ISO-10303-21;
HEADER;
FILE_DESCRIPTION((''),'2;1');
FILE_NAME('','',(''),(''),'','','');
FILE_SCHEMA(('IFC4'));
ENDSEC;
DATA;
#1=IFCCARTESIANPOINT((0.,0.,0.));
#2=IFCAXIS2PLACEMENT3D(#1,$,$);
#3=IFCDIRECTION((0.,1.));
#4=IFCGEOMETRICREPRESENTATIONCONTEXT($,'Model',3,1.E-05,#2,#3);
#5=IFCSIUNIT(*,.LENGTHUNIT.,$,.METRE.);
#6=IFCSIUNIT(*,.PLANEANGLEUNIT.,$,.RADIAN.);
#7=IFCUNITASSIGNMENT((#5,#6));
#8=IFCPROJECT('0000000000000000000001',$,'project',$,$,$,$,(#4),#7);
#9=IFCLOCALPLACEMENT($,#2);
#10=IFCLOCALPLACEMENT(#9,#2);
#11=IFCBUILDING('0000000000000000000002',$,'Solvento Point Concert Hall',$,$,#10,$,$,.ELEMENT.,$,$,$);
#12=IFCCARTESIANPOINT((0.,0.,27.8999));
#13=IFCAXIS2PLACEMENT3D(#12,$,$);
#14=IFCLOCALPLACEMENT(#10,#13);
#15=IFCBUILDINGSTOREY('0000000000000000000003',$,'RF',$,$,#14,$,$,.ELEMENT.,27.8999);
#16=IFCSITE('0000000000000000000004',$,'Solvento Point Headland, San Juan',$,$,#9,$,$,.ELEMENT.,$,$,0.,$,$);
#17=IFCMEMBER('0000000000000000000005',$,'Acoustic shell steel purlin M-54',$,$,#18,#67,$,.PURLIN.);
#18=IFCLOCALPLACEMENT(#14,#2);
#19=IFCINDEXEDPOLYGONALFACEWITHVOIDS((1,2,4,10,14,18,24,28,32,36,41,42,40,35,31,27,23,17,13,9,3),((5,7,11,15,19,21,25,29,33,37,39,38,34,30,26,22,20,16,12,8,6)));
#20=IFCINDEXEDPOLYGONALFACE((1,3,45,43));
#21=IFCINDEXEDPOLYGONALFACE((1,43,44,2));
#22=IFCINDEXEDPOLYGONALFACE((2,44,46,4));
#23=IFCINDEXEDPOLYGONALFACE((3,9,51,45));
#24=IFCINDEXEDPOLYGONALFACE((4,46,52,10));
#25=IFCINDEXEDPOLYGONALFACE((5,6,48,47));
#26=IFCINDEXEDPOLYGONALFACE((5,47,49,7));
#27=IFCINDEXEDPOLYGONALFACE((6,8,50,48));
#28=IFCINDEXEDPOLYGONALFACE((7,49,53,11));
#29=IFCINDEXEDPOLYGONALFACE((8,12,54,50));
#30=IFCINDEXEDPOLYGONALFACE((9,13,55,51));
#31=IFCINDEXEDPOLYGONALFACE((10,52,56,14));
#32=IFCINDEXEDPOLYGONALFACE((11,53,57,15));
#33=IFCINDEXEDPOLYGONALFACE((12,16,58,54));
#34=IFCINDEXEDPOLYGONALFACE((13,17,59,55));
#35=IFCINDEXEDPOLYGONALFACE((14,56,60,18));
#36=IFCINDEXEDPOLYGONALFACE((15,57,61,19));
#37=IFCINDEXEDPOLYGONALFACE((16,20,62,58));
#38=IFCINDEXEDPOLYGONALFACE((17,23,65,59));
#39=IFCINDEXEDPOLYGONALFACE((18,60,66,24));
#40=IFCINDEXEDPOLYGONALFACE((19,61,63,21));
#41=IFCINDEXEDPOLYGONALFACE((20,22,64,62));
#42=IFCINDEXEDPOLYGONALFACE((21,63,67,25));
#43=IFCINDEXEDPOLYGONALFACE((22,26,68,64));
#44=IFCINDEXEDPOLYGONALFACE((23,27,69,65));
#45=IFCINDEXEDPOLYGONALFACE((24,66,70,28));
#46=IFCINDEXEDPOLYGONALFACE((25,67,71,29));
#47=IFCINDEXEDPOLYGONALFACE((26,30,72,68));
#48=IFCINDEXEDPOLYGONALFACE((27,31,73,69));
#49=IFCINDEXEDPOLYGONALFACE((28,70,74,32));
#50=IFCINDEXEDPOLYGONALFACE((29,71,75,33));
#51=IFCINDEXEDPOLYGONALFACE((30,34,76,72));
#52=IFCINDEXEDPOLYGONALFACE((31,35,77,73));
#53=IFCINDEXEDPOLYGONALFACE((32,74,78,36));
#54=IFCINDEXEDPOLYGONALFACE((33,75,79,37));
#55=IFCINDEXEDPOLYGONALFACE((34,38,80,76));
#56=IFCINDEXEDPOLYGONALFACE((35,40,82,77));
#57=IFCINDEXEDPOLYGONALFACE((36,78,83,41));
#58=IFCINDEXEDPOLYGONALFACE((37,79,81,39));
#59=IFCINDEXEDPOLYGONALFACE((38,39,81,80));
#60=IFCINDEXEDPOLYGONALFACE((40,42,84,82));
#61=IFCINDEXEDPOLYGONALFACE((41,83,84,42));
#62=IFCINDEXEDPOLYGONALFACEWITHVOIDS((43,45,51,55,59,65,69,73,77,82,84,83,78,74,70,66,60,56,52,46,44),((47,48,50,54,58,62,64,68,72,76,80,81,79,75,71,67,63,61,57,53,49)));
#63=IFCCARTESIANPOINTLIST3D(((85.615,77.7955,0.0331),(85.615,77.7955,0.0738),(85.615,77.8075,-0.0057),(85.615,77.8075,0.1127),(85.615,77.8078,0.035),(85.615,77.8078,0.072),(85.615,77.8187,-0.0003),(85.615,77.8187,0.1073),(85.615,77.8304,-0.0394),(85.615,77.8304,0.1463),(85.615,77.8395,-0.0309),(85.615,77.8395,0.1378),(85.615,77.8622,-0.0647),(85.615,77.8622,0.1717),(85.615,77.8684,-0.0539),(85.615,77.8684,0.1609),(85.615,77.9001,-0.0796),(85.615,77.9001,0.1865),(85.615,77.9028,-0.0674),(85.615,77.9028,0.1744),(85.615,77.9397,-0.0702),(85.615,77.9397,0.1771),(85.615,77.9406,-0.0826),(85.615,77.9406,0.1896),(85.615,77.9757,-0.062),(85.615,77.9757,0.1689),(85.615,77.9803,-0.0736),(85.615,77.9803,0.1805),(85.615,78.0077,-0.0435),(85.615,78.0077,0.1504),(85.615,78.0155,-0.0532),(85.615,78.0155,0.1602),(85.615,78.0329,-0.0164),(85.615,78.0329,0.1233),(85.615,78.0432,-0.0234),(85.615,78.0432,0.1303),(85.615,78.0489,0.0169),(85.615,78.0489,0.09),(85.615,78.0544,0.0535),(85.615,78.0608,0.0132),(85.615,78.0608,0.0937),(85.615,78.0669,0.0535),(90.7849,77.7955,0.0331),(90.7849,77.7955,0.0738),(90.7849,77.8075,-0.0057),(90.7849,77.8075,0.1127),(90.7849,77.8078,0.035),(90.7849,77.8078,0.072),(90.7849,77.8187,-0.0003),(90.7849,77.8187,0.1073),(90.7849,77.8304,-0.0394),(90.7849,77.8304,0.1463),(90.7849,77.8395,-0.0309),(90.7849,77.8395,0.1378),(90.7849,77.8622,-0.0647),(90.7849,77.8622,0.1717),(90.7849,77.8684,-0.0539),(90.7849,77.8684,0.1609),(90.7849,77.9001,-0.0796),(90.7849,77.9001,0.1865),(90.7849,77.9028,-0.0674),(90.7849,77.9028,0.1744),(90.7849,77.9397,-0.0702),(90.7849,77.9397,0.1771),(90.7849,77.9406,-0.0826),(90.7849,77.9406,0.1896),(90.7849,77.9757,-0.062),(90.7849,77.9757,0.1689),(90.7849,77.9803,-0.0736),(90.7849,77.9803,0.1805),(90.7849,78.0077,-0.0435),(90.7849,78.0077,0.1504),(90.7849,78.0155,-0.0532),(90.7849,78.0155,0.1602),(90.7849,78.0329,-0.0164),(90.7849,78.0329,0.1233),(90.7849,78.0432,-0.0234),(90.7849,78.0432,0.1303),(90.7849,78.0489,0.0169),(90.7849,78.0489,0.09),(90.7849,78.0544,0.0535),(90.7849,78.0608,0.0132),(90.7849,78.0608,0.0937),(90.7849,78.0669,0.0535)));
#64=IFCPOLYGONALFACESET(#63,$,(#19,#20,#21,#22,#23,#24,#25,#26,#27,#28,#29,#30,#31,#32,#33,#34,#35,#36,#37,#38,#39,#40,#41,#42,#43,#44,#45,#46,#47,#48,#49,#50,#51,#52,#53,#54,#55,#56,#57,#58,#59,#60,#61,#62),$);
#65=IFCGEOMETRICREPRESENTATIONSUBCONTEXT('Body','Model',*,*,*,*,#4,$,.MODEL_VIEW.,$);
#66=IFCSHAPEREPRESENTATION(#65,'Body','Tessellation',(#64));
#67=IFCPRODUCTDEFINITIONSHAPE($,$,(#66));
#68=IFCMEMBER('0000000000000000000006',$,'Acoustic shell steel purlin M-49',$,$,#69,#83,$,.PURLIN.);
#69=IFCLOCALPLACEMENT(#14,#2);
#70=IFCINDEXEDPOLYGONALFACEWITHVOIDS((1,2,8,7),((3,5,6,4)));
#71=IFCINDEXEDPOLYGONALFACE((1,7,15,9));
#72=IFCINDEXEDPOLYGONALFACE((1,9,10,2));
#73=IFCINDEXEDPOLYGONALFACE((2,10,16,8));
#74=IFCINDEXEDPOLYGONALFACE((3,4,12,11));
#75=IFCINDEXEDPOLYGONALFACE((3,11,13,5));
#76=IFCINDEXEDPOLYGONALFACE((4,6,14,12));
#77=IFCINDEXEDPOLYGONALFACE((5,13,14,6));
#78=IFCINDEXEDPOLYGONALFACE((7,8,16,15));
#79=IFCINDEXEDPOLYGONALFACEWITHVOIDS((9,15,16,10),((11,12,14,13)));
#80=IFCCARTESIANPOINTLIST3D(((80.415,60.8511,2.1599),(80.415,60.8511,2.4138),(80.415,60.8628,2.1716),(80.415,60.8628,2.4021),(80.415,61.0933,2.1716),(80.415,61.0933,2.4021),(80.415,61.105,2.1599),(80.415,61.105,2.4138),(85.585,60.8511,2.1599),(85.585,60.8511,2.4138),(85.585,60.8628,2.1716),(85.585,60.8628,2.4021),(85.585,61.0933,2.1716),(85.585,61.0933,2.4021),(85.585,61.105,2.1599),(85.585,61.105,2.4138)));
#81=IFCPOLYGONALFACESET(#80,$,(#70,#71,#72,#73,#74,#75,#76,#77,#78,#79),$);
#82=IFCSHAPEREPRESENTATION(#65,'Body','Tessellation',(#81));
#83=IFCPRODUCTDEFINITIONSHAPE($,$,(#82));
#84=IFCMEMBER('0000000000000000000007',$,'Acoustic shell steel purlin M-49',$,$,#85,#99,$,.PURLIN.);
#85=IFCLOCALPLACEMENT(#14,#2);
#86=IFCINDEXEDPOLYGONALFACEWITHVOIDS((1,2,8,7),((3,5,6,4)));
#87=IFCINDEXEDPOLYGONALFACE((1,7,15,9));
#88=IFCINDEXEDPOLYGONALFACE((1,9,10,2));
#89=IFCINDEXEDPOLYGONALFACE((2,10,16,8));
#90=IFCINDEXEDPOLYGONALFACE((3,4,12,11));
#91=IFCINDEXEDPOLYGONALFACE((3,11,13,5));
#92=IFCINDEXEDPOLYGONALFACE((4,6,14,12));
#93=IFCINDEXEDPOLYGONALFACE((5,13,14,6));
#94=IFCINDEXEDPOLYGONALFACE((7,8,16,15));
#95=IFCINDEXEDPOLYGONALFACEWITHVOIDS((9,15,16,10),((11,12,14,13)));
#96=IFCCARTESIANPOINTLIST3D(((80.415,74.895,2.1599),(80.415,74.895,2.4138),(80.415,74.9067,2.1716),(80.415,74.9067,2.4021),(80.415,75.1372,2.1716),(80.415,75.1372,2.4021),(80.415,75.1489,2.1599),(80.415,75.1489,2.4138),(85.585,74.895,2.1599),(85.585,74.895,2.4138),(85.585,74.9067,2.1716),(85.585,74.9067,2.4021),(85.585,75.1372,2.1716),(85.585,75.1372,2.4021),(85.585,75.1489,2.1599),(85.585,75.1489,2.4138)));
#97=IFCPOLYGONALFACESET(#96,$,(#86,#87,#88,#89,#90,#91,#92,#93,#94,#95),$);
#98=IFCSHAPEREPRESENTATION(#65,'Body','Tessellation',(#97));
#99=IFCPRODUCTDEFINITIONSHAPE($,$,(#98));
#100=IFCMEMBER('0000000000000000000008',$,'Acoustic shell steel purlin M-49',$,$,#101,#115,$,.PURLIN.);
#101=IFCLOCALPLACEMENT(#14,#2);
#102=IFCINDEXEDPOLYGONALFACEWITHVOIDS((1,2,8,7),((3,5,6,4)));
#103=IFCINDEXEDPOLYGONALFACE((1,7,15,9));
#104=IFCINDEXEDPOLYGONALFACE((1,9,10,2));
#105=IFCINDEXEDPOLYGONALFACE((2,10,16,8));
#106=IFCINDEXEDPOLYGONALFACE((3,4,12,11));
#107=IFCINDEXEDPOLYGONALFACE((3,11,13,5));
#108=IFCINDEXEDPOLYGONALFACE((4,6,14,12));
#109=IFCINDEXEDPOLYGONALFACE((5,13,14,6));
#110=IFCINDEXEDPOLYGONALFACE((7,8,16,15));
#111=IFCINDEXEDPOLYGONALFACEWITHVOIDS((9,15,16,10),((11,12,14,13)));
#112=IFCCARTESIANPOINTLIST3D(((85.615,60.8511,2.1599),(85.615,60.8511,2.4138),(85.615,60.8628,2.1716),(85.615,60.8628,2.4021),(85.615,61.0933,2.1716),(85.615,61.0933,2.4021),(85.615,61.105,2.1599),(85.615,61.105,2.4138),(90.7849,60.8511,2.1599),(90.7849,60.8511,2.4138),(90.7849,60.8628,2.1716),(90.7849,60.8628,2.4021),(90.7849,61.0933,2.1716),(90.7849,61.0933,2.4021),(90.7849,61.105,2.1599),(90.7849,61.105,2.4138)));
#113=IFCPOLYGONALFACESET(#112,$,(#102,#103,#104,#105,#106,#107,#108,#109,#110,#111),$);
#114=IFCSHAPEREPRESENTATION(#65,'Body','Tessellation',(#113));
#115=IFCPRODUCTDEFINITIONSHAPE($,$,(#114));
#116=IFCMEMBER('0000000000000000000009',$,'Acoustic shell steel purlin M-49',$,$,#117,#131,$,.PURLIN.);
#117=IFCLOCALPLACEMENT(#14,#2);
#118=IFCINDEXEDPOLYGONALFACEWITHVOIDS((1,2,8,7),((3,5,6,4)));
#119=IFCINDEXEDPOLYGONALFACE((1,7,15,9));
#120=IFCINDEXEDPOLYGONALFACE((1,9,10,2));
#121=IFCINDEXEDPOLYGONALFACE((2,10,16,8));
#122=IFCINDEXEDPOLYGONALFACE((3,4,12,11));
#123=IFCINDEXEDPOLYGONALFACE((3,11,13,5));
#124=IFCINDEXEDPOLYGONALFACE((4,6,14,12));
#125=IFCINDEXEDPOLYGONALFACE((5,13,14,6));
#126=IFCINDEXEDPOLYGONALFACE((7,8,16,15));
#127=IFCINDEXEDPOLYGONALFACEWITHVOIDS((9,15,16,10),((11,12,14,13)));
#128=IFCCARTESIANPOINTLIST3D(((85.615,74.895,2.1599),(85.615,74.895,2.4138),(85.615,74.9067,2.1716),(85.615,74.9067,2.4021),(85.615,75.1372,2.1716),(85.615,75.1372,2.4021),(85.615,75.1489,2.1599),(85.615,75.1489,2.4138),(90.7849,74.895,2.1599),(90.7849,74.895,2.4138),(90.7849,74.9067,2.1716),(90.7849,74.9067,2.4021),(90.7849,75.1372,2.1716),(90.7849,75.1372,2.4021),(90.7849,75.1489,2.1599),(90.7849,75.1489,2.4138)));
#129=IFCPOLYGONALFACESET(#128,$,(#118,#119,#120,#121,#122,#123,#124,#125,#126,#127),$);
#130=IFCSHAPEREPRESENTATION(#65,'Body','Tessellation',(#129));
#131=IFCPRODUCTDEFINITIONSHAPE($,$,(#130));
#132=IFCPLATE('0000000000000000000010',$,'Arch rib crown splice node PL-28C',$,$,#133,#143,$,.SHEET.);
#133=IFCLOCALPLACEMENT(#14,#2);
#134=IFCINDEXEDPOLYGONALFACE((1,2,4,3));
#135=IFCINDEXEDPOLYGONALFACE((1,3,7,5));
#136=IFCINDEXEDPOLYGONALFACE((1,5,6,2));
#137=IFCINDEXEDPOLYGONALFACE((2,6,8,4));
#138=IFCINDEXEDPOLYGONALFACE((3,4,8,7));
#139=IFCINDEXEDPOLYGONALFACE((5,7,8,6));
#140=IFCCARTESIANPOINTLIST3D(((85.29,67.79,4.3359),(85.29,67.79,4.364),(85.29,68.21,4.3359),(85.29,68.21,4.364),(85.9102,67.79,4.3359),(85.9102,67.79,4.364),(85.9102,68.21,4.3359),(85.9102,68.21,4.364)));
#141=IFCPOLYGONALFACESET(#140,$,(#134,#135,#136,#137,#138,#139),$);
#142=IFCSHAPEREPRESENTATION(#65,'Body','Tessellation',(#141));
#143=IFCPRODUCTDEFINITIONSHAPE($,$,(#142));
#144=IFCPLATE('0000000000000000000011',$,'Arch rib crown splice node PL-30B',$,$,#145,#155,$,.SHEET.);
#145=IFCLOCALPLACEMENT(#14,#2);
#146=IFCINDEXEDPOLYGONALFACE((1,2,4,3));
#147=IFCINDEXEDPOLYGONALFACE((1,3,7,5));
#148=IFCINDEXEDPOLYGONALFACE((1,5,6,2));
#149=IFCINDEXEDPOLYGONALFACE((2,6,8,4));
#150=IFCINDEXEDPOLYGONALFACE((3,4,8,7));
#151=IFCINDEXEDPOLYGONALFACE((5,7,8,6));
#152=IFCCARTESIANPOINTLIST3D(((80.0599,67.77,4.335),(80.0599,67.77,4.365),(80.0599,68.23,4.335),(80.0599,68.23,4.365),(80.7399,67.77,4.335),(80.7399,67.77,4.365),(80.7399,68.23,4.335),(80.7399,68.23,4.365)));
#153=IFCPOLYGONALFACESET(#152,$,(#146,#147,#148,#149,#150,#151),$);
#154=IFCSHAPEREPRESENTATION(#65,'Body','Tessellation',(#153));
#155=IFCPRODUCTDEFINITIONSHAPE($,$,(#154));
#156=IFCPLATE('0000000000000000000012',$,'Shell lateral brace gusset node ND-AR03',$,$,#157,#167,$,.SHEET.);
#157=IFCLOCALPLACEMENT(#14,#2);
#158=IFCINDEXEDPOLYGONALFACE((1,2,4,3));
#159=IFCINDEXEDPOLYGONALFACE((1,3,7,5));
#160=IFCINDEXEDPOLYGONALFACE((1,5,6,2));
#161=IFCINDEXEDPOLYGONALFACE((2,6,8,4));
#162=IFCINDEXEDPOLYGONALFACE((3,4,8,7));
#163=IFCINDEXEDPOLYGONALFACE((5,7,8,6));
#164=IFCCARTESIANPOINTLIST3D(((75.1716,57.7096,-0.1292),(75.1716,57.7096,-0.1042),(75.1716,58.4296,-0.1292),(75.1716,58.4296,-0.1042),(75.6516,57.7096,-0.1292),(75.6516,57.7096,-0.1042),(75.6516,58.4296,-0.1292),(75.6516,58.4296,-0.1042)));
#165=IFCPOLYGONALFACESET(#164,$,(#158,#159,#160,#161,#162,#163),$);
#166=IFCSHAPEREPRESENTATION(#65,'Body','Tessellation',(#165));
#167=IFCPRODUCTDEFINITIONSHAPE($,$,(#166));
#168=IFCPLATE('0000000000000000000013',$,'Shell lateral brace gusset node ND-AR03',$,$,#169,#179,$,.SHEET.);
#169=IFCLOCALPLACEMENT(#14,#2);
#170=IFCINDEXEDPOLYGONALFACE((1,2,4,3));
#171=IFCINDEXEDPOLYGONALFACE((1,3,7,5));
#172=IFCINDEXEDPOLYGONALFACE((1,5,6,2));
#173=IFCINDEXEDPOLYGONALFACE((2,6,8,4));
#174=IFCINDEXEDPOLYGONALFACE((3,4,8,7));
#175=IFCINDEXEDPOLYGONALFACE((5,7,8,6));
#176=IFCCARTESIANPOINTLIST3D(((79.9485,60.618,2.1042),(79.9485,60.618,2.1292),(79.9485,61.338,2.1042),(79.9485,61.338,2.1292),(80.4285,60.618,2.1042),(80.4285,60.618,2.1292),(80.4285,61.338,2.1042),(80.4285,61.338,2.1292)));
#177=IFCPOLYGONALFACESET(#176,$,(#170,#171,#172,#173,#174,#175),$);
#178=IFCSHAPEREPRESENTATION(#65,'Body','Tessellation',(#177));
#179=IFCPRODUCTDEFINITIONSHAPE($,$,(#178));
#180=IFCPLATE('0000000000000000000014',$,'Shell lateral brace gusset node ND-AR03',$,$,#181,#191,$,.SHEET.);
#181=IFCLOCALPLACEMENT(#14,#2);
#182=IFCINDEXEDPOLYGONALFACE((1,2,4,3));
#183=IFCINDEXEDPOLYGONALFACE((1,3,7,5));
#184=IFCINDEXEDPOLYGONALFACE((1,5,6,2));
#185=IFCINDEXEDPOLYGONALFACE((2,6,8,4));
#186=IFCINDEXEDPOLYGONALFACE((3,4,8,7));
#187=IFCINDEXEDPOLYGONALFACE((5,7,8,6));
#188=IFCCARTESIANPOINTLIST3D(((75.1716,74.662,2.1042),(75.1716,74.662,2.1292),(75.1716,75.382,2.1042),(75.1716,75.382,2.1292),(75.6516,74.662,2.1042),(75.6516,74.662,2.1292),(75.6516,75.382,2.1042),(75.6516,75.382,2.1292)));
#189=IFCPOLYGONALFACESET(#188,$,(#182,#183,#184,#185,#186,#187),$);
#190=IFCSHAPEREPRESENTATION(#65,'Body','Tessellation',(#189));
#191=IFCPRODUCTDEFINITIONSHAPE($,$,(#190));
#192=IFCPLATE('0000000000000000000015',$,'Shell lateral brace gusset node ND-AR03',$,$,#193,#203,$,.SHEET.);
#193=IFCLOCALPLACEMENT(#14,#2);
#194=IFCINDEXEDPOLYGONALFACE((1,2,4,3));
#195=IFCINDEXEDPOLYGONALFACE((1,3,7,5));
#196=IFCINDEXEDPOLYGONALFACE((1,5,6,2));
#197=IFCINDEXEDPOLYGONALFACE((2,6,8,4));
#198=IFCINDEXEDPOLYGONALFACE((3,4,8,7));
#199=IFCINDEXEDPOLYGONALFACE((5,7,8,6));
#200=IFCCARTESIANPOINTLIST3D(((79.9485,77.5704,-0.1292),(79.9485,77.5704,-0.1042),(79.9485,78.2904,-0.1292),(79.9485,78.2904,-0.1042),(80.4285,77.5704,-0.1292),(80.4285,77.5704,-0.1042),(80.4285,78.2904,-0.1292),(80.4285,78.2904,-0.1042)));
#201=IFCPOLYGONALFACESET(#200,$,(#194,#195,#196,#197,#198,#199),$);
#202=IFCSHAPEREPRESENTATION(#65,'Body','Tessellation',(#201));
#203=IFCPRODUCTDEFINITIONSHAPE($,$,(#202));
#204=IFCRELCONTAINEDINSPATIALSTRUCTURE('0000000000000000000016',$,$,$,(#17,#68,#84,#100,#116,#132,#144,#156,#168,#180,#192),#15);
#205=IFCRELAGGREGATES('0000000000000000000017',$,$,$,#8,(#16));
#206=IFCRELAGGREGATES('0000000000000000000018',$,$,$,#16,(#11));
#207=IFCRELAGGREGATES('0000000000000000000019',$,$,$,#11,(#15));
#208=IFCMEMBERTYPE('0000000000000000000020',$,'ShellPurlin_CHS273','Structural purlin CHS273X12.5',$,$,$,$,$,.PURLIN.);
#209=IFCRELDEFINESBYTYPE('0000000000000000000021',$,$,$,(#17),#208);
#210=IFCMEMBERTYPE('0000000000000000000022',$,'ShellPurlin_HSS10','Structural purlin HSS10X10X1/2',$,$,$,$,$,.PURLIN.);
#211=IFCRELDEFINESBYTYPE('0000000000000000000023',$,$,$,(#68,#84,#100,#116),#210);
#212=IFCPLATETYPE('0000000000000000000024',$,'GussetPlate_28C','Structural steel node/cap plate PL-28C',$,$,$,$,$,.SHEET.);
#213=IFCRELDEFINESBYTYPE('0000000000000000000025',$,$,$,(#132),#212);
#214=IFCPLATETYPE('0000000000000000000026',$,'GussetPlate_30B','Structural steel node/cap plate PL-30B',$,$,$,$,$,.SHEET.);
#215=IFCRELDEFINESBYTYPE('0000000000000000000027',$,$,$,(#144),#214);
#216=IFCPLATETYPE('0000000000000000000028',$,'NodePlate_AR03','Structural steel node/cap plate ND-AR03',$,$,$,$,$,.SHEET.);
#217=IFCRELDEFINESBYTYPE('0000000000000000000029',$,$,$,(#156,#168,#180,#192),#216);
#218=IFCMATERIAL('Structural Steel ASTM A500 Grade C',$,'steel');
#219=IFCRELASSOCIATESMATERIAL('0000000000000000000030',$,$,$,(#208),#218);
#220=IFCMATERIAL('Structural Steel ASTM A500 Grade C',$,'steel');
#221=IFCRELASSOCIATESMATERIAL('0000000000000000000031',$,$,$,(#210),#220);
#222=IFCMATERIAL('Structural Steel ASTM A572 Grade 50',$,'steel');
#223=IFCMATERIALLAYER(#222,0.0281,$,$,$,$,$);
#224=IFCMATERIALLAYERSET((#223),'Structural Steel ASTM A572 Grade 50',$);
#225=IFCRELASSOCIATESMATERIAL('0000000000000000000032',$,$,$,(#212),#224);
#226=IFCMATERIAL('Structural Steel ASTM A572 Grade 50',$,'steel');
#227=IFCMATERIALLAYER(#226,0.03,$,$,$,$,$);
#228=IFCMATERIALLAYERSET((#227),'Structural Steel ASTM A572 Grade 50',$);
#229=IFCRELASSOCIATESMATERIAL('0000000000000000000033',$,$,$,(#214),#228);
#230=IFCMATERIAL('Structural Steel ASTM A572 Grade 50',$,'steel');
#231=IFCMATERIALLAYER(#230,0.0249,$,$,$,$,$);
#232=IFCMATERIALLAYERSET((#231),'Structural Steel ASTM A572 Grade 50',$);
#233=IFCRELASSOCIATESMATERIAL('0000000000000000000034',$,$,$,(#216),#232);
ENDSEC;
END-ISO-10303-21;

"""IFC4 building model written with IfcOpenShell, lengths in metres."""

from ifc_helpers import new_model, si_unit, direction, frame, origin, origin_2d, place, context, subcontext, project, spatial, rectangle, hollow_rectangle, hollow_circle, extrude, material, layer, layer_set, material_profile, profile_set, type_object, element, save


model = new_model("IFC4")

# Units and contexts
model_context = context("Model", 3, precision=1e-05, world=origin(), true_north=direction((0.0, 1.0)))
body_context = subcontext(model_context, "Body", "Model", "MODEL_VIEW")
ifc_project = project(units=[si_unit("LENGTHUNIT", "METRE"), si_unit("PLANEANGLEUNIT", "RADIAN")], contexts=[model_context])

# Site, building, storey
site_placement = place(None, origin())
site = spatial("IfcSite", under=ifc_project, at=site_placement, Name="Solvento Point Headland, San Juan", CompositionType="ELEMENT", RefElevation=0.0)
building_placement = place(site_placement, origin())
building = spatial("IfcBuilding", under=site, at=building_placement, Name="Solvento Point Concert Hall", CompositionType="ELEMENT")
storey_placement = place(building_placement, frame((0.0, 0.0, 27.8999)))
storey = spatial("IfcBuildingStorey", under=building, at=storey_placement, Name="RF", CompositionType="ELEMENT", Elevation=27.8999)

# Members
ifc_material_1 = material(Name="Structural Steel ASTM A500 Grade C", Category="steel")
ifc_material_profile_1 = material_profile(ifc_material_1, hollow_circle(Radius=0.1365, WallThickness=0.0125, at=origin_2d()), Name="CHS273X12.5")
ifc_profile_set_1 = profile_set([ifc_material_profile_1], Name="Structural Steel ASTM A500 Grade C")
member_type_1 = type_object("IfcMemberType", Name="ShellPurlin_CHS273", Description="Structural purlin CHS273X12.5", PredefinedType="PURLIN", material=ifc_profile_set_1)
for number, where, z_axis, x_axis, name in (
    (1, (85.615, 77.9304, 0.0535), (1.0, 0.0, 0.0), (0.0, 1.0, 0.0), "Acoustic shell steel purlin M-54"),
):
    element("IfcMember", number, at=place(storey_placement, frame(where, z_axis=z_axis, x_axis=x_axis)), inside=storey, type_object=member_type_1, Name=name, PredefinedType="PURLIN", context=body_context, shape_type="SweptSolid", body=[
        extrude(hollow_circle(Radius=0.1365, WallThickness=0.0125, at=origin_2d()), origin(), (0.0, 0.0, 1.0), 5.1699),
    ])
ifc_material_2 = material(Name="Structural Steel ASTM A500 Grade C", Category="steel")
ifc_material_profile_2 = material_profile(ifc_material_2, hollow_rectangle(XDim=0.2539, YDim=0.2539, WallThickness=0.0117, at=origin_2d()), Name="HSS10X10X1/2")
ifc_profile_set_2 = profile_set([ifc_material_profile_2], Name="Structural Steel ASTM A500 Grade C")
member_type_2 = type_object("IfcMemberType", Name="ShellPurlin_HSS10", Description="Structural purlin HSS10X10X1/2", PredefinedType="PURLIN", material=ifc_profile_set_2)
for number, where, z_axis, x_axis, name in (
    (2, (80.415, 60.978, 2.2869), (1.0, 0.0, 0.0), (0.0, 1.0, 0.0), "Acoustic shell steel purlin M-49"),
    (3, (80.415, 75.022, 2.2869), (1.0, 0.0, 0.0), (0.0, 1.0, 0.0), "Acoustic shell steel purlin M-49"),
    (4, (85.615, 60.978, 2.2869), (1.0, 0.0, 0.0), (0.0, 1.0, 0.0), "Acoustic shell steel purlin M-49"),
    (5, (85.615, 75.022, 2.2869), (1.0, 0.0, 0.0), (0.0, 1.0, 0.0), "Acoustic shell steel purlin M-49"),
):
    element("IfcMember", number, at=place(storey_placement, frame(where, z_axis=z_axis, x_axis=x_axis)), inside=storey, type_object=member_type_2, Name=name, PredefinedType="PURLIN", context=body_context, shape_type="SweptSolid", body=[
        extrude(hollow_rectangle(XDim=0.2539, YDim=0.2539, WallThickness=0.0117, at=origin_2d()), origin(), (0.0, 0.0, 1.0), 5.1699),
    ])

# Plates
ifc_material_3 = material(Name="Structural Steel ASTM A572 Grade 50", Category="steel")
ifc_layer_1 = layer(ifc_material_3, 0.0281)
ifc_layer_set_1 = layer_set([ifc_layer_1], Name="Structural Steel ASTM A572 Grade 50")
plate_type_1 = type_object("IfcPlateType", Name="GussetPlate_28C", Description="Structural steel node/cap plate PL-28C", PredefinedType="SHEET", material=ifc_layer_set_1)
plate_1_placement = place(storey_placement, frame((85.6001, 68.0, 4.3359), z_axis=(0.0, 0.0, 1.0), x_axis=(1.0, 0.0, 0.0)))
element("IfcPlate", 6, at=plate_1_placement, inside=storey, type_object=plate_type_1, Name="Arch rib crown splice node PL-28C", PredefinedType="SHEET", context=body_context, shape_type="SweptSolid", body=[
    extrude(rectangle(XDim=0.6201, YDim=0.4199, at=origin_2d()), origin(), (0.0, 0.0, 1.0), 0.0281),
])
ifc_material_4 = material(Name="Structural Steel ASTM A572 Grade 50", Category="steel")
ifc_layer_2 = layer(ifc_material_4, 0.03)
ifc_layer_set_2 = layer_set([ifc_layer_2], Name="Structural Steel ASTM A572 Grade 50")
plate_type_2 = type_object("IfcPlateType", Name="GussetPlate_30B", Description="Structural steel node/cap plate PL-30B", PredefinedType="SHEET", material=ifc_layer_set_2)
plate_2_placement = place(storey_placement, frame((80.3999, 68.0, 4.335), z_axis=(0.0, 0.0, 1.0), x_axis=(1.0, 0.0, 0.0)))
element("IfcPlate", 7, at=plate_2_placement, inside=storey, type_object=plate_type_2, Name="Arch rib crown splice node PL-30B", PredefinedType="SHEET", context=body_context, shape_type="SweptSolid", body=[
    extrude(rectangle(XDim=0.6799, YDim=0.46, at=origin_2d()), origin(), (0.0, 0.0, 1.0), 0.03),
])
ifc_material_5 = material(Name="Structural Steel ASTM A572 Grade 50", Category="steel")
ifc_layer_3 = layer(ifc_material_5, 0.0249)
ifc_layer_set_3 = layer_set([ifc_layer_3], Name="Structural Steel ASTM A572 Grade 50")
plate_type_3 = type_object("IfcPlateType", Name="NodePlate_AR03", Description="Structural steel node/cap plate ND-AR03", PredefinedType="SHEET", material=ifc_layer_set_3)
for number, where, z_axis, x_axis, name in (
    (8, (75.4116, 58.0696, -0.1292), (0.0, 0.0, 1.0), (0.0, 1.0, 0.0), "Shell lateral brace gusset node ND-AR03"),
    (9, (80.1885, 60.978, 2.1042), (0.0, 0.0, 1.0), (0.0, 1.0, 0.0), "Shell lateral brace gusset node ND-AR03"),
    (10, (75.4116, 75.022, 2.1042), (0.0, 0.0, 1.0), (0.0, 1.0, 0.0), "Shell lateral brace gusset node ND-AR03"),
    (11, (80.1885, 77.9304, -0.1292), (0.0, 0.0, 1.0), (0.0, 1.0, 0.0), "Shell lateral brace gusset node ND-AR03"),
):
    element("IfcPlate", number, at=place(storey_placement, frame(where, z_axis=z_axis, x_axis=x_axis)), inside=storey, type_object=plate_type_3, Name=name, PredefinedType="SHEET", context=body_context, shape_type="SweptSolid", body=[
        extrude(rectangle(XDim=0.72, YDim=0.48, at=origin_2d()), origin(), (0.0, 0.0, 1.0), 0.0249),
    ])

save(model, "model.ifc")
